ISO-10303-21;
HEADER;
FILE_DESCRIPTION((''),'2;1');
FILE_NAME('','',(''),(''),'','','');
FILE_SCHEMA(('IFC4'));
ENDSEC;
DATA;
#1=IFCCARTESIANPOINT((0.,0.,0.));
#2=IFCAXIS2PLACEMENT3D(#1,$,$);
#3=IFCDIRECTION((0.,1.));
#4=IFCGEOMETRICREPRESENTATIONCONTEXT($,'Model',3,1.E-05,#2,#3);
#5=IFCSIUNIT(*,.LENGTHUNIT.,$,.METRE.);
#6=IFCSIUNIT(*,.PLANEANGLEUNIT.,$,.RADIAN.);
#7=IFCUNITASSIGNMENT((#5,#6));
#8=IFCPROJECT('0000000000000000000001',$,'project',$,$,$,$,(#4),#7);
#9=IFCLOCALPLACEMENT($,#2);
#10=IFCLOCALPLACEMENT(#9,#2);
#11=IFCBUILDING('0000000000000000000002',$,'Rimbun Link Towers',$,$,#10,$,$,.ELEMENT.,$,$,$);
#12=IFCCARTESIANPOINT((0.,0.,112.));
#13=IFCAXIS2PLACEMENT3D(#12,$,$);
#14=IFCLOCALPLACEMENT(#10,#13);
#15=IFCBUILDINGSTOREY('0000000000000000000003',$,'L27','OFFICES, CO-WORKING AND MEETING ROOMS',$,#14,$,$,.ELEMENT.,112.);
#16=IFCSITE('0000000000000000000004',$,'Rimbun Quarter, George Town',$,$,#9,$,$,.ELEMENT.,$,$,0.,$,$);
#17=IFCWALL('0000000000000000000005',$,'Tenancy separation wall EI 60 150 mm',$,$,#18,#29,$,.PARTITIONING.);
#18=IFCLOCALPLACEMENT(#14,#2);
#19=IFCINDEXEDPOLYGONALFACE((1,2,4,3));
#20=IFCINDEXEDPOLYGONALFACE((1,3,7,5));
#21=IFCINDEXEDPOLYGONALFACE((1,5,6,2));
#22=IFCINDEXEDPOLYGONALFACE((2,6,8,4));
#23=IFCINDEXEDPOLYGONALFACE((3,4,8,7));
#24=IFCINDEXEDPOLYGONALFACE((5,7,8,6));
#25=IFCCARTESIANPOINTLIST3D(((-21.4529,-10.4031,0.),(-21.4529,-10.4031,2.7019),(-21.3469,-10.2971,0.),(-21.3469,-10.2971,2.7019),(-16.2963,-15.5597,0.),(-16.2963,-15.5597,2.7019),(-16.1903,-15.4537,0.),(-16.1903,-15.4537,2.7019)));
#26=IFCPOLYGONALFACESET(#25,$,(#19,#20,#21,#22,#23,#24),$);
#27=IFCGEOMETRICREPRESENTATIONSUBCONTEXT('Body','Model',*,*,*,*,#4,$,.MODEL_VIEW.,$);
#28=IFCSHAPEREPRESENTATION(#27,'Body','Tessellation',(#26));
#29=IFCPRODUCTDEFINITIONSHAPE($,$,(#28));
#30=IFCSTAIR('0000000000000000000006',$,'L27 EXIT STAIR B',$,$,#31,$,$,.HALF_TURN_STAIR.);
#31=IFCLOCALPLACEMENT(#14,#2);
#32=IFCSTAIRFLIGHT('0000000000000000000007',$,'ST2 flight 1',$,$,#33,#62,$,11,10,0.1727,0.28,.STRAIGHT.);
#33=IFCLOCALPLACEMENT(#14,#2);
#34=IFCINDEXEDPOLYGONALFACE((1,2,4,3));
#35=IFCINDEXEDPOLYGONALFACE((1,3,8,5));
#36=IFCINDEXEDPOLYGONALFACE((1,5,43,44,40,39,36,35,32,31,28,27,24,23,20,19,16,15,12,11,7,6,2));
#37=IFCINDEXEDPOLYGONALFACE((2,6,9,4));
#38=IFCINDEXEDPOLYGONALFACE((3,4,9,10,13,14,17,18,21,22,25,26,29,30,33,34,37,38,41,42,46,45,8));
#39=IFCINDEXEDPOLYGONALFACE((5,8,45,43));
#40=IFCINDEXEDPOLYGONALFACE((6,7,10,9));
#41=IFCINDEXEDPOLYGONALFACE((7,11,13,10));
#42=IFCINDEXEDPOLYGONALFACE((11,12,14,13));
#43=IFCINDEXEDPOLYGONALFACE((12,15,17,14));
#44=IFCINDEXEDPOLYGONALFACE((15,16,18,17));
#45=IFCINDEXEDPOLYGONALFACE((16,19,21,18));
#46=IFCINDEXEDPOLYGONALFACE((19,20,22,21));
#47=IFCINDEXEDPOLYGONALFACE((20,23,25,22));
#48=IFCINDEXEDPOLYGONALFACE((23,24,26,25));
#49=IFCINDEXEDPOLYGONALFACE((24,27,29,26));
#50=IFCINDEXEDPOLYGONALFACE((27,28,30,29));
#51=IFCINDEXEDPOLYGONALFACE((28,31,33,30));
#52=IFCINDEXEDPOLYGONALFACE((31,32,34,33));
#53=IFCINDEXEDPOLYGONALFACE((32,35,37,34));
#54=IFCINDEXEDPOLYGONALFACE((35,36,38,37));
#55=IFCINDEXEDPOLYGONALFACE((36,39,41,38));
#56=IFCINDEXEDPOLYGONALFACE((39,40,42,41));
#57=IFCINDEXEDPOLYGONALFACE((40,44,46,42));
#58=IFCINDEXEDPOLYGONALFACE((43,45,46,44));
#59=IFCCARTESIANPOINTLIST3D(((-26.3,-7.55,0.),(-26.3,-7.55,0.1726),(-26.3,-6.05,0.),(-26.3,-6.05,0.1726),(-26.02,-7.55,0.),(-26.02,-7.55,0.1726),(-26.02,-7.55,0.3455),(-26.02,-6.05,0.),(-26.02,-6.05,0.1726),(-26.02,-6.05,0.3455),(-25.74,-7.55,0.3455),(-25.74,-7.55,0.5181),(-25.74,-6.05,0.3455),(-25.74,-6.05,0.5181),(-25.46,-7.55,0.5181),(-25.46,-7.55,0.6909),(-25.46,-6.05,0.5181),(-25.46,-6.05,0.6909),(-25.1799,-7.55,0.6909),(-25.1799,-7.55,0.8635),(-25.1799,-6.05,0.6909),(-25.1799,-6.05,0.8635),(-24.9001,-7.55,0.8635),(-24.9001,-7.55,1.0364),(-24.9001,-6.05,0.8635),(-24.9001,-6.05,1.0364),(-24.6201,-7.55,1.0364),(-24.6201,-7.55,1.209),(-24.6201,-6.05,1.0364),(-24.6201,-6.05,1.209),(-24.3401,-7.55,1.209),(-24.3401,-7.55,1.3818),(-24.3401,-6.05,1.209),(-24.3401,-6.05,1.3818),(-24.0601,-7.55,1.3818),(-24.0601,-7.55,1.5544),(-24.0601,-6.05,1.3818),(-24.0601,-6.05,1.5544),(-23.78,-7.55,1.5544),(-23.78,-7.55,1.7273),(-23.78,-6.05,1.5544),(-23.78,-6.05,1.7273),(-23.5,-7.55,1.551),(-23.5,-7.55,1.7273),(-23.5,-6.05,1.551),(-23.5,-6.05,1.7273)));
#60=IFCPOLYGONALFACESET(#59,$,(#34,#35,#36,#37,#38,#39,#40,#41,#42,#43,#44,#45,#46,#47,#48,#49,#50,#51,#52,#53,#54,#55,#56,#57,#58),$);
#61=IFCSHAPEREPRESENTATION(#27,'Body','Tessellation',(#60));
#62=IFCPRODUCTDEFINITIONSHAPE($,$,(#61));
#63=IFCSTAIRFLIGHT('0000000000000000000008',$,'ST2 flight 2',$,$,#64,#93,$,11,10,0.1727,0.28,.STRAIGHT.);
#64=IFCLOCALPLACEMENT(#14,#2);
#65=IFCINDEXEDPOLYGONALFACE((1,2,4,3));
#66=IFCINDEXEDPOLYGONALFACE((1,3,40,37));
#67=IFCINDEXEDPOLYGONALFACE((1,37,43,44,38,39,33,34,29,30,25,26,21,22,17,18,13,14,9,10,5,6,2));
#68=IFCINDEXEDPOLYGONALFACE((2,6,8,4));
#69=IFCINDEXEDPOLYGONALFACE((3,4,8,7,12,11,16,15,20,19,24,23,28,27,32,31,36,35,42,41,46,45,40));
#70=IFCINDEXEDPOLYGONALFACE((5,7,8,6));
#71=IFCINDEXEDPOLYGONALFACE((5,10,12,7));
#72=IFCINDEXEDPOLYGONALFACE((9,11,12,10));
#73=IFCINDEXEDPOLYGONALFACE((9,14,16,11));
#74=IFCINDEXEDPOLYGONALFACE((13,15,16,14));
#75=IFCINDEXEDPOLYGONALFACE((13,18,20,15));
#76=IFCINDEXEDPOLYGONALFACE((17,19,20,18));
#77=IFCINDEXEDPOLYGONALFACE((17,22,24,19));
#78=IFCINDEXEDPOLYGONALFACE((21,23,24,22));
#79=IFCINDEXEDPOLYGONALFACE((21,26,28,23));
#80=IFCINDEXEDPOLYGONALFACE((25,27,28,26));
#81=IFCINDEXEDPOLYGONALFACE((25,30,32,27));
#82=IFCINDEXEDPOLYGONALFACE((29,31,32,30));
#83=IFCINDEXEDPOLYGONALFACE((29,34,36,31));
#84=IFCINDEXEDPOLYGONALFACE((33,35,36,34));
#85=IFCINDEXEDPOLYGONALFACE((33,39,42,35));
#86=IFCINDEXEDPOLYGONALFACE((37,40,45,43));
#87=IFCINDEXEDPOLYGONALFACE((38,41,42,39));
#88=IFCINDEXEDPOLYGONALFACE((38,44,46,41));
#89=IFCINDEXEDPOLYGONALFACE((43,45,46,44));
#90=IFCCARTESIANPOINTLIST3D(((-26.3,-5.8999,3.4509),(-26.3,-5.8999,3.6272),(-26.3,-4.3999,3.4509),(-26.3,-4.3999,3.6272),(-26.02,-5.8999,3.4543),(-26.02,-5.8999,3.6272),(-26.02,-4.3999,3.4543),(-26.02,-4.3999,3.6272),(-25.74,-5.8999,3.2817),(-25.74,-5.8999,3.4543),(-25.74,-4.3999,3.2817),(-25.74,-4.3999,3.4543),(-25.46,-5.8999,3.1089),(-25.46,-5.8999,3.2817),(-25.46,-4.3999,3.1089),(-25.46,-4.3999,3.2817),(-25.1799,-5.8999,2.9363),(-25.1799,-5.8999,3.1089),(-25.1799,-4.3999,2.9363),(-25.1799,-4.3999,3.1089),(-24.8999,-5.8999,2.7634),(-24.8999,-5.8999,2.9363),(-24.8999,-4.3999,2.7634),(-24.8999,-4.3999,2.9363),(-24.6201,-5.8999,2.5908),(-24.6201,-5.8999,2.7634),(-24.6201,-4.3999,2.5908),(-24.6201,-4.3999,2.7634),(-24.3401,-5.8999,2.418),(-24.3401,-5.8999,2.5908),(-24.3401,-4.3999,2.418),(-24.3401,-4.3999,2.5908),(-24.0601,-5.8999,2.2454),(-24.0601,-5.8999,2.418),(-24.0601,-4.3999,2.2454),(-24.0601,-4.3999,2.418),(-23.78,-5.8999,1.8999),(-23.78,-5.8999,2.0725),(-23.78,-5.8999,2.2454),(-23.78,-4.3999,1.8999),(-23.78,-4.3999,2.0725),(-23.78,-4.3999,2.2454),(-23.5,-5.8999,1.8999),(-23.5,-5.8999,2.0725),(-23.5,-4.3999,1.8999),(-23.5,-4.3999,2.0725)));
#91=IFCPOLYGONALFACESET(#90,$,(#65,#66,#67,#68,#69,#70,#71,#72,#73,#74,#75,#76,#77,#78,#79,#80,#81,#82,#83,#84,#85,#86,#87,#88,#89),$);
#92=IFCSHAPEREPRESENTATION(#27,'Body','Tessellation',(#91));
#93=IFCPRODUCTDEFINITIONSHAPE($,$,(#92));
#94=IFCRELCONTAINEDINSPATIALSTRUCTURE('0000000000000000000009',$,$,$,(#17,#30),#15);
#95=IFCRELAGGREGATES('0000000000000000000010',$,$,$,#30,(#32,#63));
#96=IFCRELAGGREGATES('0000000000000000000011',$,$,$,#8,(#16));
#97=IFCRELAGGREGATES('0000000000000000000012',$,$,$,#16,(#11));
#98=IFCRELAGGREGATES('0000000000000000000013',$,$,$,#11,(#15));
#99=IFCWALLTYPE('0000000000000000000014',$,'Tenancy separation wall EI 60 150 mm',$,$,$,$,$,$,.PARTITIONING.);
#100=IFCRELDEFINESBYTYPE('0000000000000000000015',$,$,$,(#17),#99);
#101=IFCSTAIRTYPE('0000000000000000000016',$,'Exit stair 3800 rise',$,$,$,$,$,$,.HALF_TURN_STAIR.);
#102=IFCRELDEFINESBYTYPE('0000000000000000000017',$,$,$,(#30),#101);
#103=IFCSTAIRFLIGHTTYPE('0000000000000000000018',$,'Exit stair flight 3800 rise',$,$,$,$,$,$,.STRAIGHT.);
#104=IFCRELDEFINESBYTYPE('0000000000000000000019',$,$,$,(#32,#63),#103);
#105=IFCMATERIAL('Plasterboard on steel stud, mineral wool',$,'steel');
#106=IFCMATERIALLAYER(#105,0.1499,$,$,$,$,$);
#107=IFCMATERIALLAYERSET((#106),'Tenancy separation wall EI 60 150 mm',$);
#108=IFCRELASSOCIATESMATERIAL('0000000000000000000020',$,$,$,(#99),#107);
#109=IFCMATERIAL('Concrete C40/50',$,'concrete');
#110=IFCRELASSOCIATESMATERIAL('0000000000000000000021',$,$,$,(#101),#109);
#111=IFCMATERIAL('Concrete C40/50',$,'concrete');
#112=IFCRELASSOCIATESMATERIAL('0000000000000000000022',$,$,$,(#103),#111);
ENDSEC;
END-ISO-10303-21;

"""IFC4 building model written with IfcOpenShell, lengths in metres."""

from ifc_helpers import new_model, si_unit, direction, frame, frame_2d, origin, place, context, subcontext, project, spatial, polyline, rectangle, outline, extrude, material, layer, layer_set, type_object, element, aggregate, save


model = new_model("IFC4")

# Units and contexts
model_context = context("Model", 3, precision=1e-05, world=origin(), true_north=direction((0.0, 1.0)))
body_context = subcontext(model_context, "Body", "Model", "MODEL_VIEW")
ifc_project = project(units=[si_unit("LENGTHUNIT", "METRE"), si_unit("PLANEANGLEUNIT", "RADIAN")], contexts=[model_context])

# Site, building, storey
site_placement = place(None, origin())
site = spatial("IfcSite", under=ifc_project, at=site_placement, Name="Rimbun Quarter, George Town", CompositionType="ELEMENT", RefElevation=0.0)
building_placement = place(site_placement, origin())
building = spatial("IfcBuilding", under=site, at=building_placement, Name="Rimbun Link Towers", CompositionType="ELEMENT")
storey_placement = place(building_placement, frame((0.0, 0.0, 112.0)))
storey = spatial("IfcBuildingStorey", under=building, at=storey_placement, Name="L27", Description="OFFICES, CO-WORKING AND MEETING ROOMS", CompositionType="ELEMENT", Elevation=112.0)

# Wall
ifc_material_1 = material(Name="Plasterboard on steel stud, mineral wool", Category="steel")
ifc_layer_1 = layer(ifc_material_1, 0.1499)
ifc_layer_set_1 = layer_set([ifc_layer_1], Name="Tenancy separation wall EI 60 150 mm")
wall_type_1 = type_object("IfcWallType", Name="Tenancy separation wall EI 60 150 mm", PredefinedType="PARTITIONING", material=ifc_layer_set_1)
wall_1_placement = place(storey_placement, frame((-21.3999, -10.3501, 0.0), z_axis=(0.0, 0.0, 1.0), x_axis=(0.707107, -0.707107, 0.0)))
element("IfcWall", 1, at=wall_1_placement, inside=storey, type_object=wall_type_1, Name="Tenancy separation wall EI 60 150 mm", PredefinedType="PARTITIONING", context=body_context, shape_type="SweptSolid", body=[
    extrude(rectangle(XDim=7.2925, YDim=0.1499, at=frame_2d((3.6462, 0.0))), origin(), (0.0, 0.0, 1.0), 2.7019),
])

# Stair, stair flights
ifc_material_2 = material(Name="Concrete C40/50", Category="concrete")
stair_type = type_object("IfcStairType", Name="Exit stair 3800 rise", PredefinedType="HALF_TURN_STAIR", material=ifc_material_2)
stair_placement = place(storey_placement, origin())
stair = element("IfcStair", 2, at=stair_placement, inside=storey, type_object=stair_type, Name="L27 EXIT STAIR B", PredefinedType="HALF_TURN_STAIR")
ifc_material_3 = material(Name="Concrete C40/50", Category="concrete")
stair_flight_type = type_object("IfcStairFlightType", Name="Exit stair flight 3800 rise", PredefinedType="STRAIGHT", material=ifc_material_3)
stair_flight_1_placement = place(storey_placement, frame((-26.3, -6.8, 0.0), z_axis=(0.0, 0.0, 1.0), x_axis=(1.0, 0.0, 0.0)))
stair_flight_1 = element("IfcStairFlight", 3, at=stair_flight_1_placement, type_object=stair_flight_type, Name="ST2 flight 1", NumberOfRisers=11, NumberOfTreads=10, PredefinedType="STRAIGHT", RiserHeight=0.1727, TreadLength=0.28, context=body_context, shape_type="SweptSolid", body=[
    extrude(outline(polyline([(0.0, 0.0), (0.0, 0.1726), (0.28, 0.1726), (0.28, 0.3455), (0.5601, 0.3455), (0.5601, 0.5181), (0.8401, 0.5181), (0.8401, 0.6909), (1.1201, 0.6909), (1.1201, 0.8635), (1.3999, 0.8635), (1.3999, 1.0364), (1.6799, 1.0364), (1.6799, 1.209), (1.96, 1.209), (1.96, 1.3818), (2.24, 1.3818), (2.24, 1.5544), (2.52, 1.5544), (2.52, 1.7273), (2.8, 1.7273), (2.8, 1.8999), (2.8, 1.551), (0.28, 0.0), (0.0, 0.0)])), frame((0.0, 0.75, 0.0), z_axis=(0.0, -1.0, 0.0), x_axis=(1.0, 0.0, 0.0)), (0.0, 0.0, 1.0), 1.5),
])
stair_flight_2_placement = place(storey_placement, frame((-23.5, -5.1499, 1.8999), z_axis=(0.0, 0.0, 1.0), x_axis=(-1.0, 0.0, 0.0)))
stair_flight_2 = element("IfcStairFlight", 4, at=stair_flight_2_placement, type_object=stair_flight_type, Name="ST2 flight 2", NumberOfRisers=11, NumberOfTreads=10, PredefinedType="STRAIGHT", RiserHeight=0.1727, TreadLength=0.28, context=body_context, shape_type="SweptSolid", body=[
    extrude(outline(polyline([(0.0, 0.0), (0.0, 0.1726), (0.28, 0.1726), (0.28, 0.3455), (0.5601, 0.3455), (0.5601, 0.5181), (0.8401, 0.5181), (0.8401, 0.6909), (1.1201, 0.6909), (1.1201, 0.8635), (1.3999, 0.8635), (1.3999, 1.0364), (1.6799, 1.0364), (1.6799, 1.209), (1.96, 1.209), (1.96, 1.3818), (2.24, 1.3818), (2.24, 1.5544), (2.52, 1.5544), (2.52, 1.7273), (2.8, 1.7273), (2.8, 1.8999), (2.8, 1.551), (0.28, 0.0), (0.0, 0.0)])), frame((0.0, 0.75, 0.0), z_axis=(0.0, -1.0, 0.0), x_axis=(1.0, 0.0, 0.0)), (0.0, 0.0, 1.0), 1.5),
])
aggregate(stair, [stair_flight_1, stair_flight_2])

save(model, "model.ifc")
